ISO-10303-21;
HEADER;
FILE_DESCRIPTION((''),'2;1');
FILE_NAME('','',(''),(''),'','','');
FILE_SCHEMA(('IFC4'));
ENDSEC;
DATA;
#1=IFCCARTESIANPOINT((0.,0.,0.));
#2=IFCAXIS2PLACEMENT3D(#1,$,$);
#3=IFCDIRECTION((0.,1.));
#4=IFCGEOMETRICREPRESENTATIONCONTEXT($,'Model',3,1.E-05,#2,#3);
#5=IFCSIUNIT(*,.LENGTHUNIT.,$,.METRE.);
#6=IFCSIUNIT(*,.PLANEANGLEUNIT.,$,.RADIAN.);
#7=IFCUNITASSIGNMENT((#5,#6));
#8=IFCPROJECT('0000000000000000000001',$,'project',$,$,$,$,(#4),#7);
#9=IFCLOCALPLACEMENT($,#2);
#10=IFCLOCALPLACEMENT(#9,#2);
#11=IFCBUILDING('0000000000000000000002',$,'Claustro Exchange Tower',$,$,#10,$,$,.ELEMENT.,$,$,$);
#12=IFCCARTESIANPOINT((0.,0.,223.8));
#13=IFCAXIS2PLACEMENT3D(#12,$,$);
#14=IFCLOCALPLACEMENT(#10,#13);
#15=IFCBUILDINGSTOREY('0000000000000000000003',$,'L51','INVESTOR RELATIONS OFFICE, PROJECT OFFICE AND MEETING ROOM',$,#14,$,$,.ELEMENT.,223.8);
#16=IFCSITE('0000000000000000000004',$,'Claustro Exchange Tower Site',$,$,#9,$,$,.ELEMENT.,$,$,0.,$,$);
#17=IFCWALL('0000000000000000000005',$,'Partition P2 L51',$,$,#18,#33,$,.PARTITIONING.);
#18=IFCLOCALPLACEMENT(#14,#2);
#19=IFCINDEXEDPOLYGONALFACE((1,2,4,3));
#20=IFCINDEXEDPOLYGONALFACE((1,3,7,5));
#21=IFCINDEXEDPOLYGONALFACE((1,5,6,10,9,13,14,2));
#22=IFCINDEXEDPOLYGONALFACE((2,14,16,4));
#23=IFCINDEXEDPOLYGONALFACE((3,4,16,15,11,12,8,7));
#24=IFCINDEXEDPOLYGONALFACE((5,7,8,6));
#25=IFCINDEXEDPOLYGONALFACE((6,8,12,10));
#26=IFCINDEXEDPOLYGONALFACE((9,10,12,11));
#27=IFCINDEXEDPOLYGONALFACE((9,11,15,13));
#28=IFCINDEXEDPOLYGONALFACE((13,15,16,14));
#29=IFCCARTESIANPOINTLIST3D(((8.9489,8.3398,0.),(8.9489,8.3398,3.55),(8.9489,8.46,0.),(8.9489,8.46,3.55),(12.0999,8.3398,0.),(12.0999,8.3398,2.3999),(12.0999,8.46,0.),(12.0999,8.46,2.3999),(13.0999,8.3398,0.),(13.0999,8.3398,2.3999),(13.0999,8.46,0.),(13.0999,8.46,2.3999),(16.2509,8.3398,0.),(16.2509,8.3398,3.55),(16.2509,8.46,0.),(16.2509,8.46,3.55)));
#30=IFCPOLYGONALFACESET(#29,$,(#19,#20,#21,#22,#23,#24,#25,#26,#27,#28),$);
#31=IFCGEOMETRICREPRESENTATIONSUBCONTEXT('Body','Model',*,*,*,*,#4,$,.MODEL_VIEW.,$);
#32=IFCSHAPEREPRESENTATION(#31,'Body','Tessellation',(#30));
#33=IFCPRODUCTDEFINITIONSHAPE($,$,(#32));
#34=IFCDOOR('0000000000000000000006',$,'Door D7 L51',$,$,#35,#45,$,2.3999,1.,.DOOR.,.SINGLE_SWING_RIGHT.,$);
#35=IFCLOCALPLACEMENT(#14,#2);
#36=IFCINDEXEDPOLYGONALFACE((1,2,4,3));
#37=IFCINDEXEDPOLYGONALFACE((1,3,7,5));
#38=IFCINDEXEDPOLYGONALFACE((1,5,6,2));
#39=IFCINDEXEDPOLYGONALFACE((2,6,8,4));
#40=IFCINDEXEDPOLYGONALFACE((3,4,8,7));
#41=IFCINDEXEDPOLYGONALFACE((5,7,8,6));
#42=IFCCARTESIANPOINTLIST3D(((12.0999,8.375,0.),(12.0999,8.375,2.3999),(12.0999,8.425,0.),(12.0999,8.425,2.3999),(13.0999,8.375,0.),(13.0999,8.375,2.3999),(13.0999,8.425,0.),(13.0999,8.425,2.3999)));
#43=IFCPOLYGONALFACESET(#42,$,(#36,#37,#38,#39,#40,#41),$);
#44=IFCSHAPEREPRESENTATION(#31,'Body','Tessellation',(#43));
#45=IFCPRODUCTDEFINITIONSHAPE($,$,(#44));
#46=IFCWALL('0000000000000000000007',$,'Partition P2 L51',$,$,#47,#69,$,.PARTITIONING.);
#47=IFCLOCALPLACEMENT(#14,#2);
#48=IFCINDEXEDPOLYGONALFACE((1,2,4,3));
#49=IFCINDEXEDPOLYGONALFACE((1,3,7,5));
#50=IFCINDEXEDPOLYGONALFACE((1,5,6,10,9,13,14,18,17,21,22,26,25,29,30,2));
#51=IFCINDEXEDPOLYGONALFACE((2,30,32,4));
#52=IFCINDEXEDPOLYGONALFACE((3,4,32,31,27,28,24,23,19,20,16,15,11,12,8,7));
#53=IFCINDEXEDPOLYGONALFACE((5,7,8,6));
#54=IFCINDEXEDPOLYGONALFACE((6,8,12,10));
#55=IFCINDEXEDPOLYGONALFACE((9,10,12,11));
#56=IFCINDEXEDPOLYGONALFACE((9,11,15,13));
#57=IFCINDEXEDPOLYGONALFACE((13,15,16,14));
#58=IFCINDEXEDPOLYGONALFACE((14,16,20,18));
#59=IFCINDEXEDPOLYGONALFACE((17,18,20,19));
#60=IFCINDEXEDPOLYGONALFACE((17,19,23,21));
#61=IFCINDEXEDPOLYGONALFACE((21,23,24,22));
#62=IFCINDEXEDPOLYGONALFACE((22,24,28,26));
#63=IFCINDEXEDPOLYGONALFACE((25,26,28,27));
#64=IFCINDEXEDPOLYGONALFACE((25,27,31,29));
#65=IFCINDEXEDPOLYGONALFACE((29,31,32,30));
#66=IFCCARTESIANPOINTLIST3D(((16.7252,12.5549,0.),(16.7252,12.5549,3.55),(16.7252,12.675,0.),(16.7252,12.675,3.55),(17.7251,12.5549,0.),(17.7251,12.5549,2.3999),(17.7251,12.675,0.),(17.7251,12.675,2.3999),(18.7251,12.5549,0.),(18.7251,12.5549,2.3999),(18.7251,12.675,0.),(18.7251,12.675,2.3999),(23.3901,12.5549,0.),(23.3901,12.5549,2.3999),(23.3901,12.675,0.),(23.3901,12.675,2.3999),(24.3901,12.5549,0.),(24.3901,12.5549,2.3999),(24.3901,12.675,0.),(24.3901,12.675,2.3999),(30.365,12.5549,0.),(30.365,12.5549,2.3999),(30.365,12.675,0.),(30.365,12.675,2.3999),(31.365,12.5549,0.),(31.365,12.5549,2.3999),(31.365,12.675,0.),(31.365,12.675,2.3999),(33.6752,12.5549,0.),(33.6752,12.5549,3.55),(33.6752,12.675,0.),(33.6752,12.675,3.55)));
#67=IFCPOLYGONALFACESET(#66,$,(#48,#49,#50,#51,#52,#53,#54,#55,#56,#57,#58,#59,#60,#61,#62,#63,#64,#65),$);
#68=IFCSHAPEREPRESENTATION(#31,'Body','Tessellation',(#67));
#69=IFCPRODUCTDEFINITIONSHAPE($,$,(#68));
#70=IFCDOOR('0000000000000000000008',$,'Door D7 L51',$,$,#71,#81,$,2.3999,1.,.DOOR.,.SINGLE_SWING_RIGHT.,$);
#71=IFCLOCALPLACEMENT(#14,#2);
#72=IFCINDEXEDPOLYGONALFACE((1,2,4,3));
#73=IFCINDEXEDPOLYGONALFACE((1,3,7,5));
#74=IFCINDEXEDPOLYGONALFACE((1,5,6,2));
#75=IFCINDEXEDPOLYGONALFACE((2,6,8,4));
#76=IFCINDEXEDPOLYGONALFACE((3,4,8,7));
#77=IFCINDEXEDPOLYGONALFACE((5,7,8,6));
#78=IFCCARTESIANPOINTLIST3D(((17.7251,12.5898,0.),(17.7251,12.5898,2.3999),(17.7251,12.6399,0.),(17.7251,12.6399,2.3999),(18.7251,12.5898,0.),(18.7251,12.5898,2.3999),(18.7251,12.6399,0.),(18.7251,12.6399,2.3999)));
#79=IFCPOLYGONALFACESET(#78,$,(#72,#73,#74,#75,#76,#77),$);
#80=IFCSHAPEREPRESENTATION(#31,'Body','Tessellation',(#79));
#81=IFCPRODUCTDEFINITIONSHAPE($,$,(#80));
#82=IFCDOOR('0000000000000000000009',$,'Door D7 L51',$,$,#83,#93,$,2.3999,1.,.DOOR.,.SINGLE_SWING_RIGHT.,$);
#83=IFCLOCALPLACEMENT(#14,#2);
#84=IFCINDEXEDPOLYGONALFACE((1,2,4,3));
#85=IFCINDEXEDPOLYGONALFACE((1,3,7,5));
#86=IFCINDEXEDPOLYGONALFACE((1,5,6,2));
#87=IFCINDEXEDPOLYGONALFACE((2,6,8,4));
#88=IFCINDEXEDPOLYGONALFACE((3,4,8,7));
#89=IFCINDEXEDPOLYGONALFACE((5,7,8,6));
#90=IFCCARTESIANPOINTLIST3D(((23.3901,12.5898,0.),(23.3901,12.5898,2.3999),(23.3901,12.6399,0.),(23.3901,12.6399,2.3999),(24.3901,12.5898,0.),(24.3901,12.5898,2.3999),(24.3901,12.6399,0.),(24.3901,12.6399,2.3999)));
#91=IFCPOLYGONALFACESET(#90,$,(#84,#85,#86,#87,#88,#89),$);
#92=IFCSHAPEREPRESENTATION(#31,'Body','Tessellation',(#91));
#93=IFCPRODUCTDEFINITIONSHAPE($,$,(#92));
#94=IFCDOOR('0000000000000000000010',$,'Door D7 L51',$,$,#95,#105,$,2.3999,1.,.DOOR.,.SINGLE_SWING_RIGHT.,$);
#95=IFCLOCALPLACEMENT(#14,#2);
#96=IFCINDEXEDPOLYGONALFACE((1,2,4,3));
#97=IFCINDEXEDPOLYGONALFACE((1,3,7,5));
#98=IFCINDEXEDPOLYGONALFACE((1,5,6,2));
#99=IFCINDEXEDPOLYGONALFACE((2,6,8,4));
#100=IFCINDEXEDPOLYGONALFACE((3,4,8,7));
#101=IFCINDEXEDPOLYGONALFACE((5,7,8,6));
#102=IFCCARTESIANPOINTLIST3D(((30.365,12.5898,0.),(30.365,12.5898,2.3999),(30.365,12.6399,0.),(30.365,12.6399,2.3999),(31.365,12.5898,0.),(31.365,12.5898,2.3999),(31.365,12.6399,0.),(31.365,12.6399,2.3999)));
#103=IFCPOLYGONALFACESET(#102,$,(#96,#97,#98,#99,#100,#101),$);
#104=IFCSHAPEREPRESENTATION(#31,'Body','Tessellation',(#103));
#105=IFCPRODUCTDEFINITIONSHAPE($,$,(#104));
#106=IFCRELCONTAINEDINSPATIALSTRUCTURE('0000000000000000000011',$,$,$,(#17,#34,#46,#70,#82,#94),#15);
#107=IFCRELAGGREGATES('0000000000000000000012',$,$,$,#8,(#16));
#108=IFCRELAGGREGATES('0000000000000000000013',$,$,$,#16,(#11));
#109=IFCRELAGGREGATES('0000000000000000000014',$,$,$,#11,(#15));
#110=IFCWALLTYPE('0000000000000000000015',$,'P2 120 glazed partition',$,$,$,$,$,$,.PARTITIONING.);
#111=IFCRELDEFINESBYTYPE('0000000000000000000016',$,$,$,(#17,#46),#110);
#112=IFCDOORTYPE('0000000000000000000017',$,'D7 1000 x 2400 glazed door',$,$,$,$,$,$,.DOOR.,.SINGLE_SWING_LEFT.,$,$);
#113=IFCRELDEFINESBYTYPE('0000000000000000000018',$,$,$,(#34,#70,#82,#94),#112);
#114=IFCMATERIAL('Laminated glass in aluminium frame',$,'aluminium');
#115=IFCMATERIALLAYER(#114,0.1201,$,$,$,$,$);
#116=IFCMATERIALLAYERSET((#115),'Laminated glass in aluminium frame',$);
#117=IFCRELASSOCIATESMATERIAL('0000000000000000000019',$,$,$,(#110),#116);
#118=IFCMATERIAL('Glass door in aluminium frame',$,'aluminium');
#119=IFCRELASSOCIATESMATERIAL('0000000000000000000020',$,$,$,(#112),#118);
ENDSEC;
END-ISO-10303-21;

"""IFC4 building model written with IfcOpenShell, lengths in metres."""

from ifc_helpers import new_model, si_unit, direction, frame, frame_2d, origin, place, context, subcontext, project, spatial, rectangle, extrude, material, layer, layer_set, type_object, element, fill, save


model = new_model("IFC4")

# Units and contexts
model_context = context("Model", 3, precision=1e-05, world=origin(), true_north=direction((0.0, 1.0)))
body_context = subcontext(model_context, "Body", "Model", "MODEL_VIEW")
ifc_project = project(units=[si_unit("LENGTHUNIT", "METRE"), si_unit("PLANEANGLEUNIT", "RADIAN")], contexts=[model_context])

# Site, building, storey
site_placement = place(None, origin())
site = spatial("IfcSite", under=ifc_project, at=site_placement, Name="Claustro Exchange Tower Site", CompositionType="ELEMENT", RefElevation=0.0)
building_placement = place(site_placement, origin())
building = spatial("IfcBuilding", under=site, at=building_placement, Name="Claustro Exchange Tower", CompositionType="ELEMENT")
storey_placement = place(building_placement, frame((0.0, 0.0, 223.8)))
storey = spatial("IfcBuildingStorey", under=building, at=storey_placement, Name="L51", Description="INVESTOR RELATIONS OFFICE, PROJECT OFFICE AND MEETING ROOM", CompositionType="ELEMENT", Elevation=223.8)

# Wall, opening, door
ifc_material_1 = material(Name="Laminated glass in aluminium frame", Category="aluminium")
ifc_layer_1 = layer(ifc_material_1, 0.1201)
ifc_layer_set_1 = layer_set([ifc_layer_1], Name="Laminated glass in aluminium frame")
wall_type_1 = type_object("IfcWallType", Name="P2 120 glazed partition", PredefinedType="PARTITIONING", material=ifc_layer_set_1)
wall_1_placement = place(storey_placement, frame((8.949, 8.3999, 0.0), z_axis=(0.0, 0.0, 1.0), x_axis=(1.0, 0.0, 0.0)))
wall_1 = element("IfcWall", 1, at=wall_1_placement, inside=storey, type_object=wall_type_1, Name="Partition P2 L51", PredefinedType="PARTITIONING", context=body_context, shape_type="SweptSolid", body=[
    extrude(rectangle(XDim=7.302, YDim=0.1201, at=frame_2d((3.6509, 0.0))), origin(), (0.0, 0.0, 1.0), 3.55),
])
opening_1_placement = place(wall_1_placement, frame((3.1509, 0.0, 0.0)))
opening_1 = element("IfcOpeningElement", 2, at=opening_1_placement, cuts=wall_1, PredefinedType="OPENING", context=body_context, shape_type="SweptSolid", body=[
    extrude(rectangle(XDim=1.0, YDim=2.3999, at=frame_2d((0.5, 1.2))), frame((0.0, 0.0701, 0.0), z_axis=(0.0, -1.0, 0.0), x_axis=(1.0, 0.0, 0.0)), (0.0, 0.0, 1.0), 0.1401),
])
ifc_material_2 = material(Name="Glass door in aluminium frame", Category="aluminium")
door_type_1 = type_object("IfcDoorType", Name="D7 1000 x 2400 glazed door", OperationType="SINGLE_SWING_LEFT", PredefinedType="DOOR", material=ifc_material_2)
door_1_placement = place(opening_1_placement, frame((1.0, 0.0, 0.0), z_axis=(0.0, 0.0, 1.0), x_axis=(-1.0, 0.0, 0.0)))
door_1 = element("IfcDoor", 3, at=door_1_placement, inside=storey, type_object=door_type_1, Name="Door D7 L51", OperationType="SINGLE_SWING_RIGHT", OverallHeight=2.3999, OverallWidth=1.0, PredefinedType="DOOR", context=body_context, shape_type="SweptSolid", body=[
    extrude(rectangle(XDim=1.0, YDim=2.3999, at=frame_2d((0.5, 1.2))), frame((0.0, 0.0249, 0.0), z_axis=(0.0, -1.0, 0.0), x_axis=(1.0, 0.0, 0.0)), (0.0, 0.0, 1.0), 0.05),
])
fill(opening_1, door_1)

# Wall, openings, doors
wall_2_placement = place(storey_placement, frame((16.7251, 12.615, 0.0), z_axis=(0.0, 0.0, 1.0), x_axis=(1.0, 0.0, 0.0)))
wall_2 = element("IfcWall", 4, at=wall_2_placement, inside=storey, type_object=wall_type_1, Name="Partition P2 L51", PredefinedType="PARTITIONING", context=body_context, shape_type="SweptSolid", body=[
    extrude(rectangle(XDim=16.95, YDim=0.1201, at=frame_2d((8.4751, 0.0))), origin(), (0.0, 0.0, 1.0), 3.55),
])
opening_2_placement = place(wall_2_placement, frame((1.0, 0.0, 0.0)))
opening_2 = element("IfcOpeningElement", 5, at=opening_2_placement, cuts=wall_2, PredefinedType="OPENING", context=body_context, shape_type="SweptSolid", body=[
    extrude(rectangle(XDim=1.0, YDim=2.3999, at=frame_2d((0.5, 1.2))), frame((0.0, 0.0701, 0.0), z_axis=(0.0, -1.0, 0.0), x_axis=(1.0, 0.0, 0.0)), (0.0, 0.0, 1.0), 0.1401),
])
opening_3_placement = place(wall_2_placement, frame((6.665, 0.0, 0.0)))
opening_3 = element("IfcOpeningElement", 6, at=opening_3_placement, cuts=wall_2, PredefinedType="OPENING", context=body_context, shape_type="SweptSolid", body=[
    extrude(rectangle(XDim=1.0, YDim=2.3999, at=frame_2d((0.5, 1.2))), frame((0.0, 0.0701, 0.0), z_axis=(0.0, -1.0, 0.0), x_axis=(1.0, 0.0, 0.0)), (0.0, 0.0, 1.0), 0.1401),
])
opening_4_placement = place(wall_2_placement, frame((13.6399, 0.0, 0.0)))
opening_4 = element("IfcOpeningElement", 7, at=opening_4_placement, cuts=wall_2, PredefinedType="OPENING", context=body_context, shape_type="SweptSolid", body=[
    extrude(rectangle(XDim=1.0, YDim=2.3999, at=frame_2d((0.5, 1.2))), frame((0.0, 0.0701, 0.0), z_axis=(0.0, -1.0, 0.0), x_axis=(1.0, 0.0, 0.0)), (0.0, 0.0, 1.0), 0.1401),
])
door_2_placement = place(opening_2_placement, origin())
door_2 = element("IfcDoor", 8, at=door_2_placement, inside=storey, type_object=door_type_1, Name="Door D7 L51", OperationType="SINGLE_SWING_RIGHT", OverallHeight=2.3999, OverallWidth=1.0, PredefinedType="DOOR", context=body_context, shape_type="SweptSolid", body=[
    extrude(rectangle(XDim=1.0, YDim=2.3999, at=frame_2d((0.5, 1.2))), frame((0.0, 0.0249, 0.0), z_axis=(0.0, -1.0, 0.0), x_axis=(1.0, 0.0, 0.0)), (0.0, 0.0, 1.0), 0.05),
])
fill(opening_2, door_2)
door_3_placement = place(opening_3_placement, origin())
door_3 = element("IfcDoor", 9, at=door_3_placement, inside=storey, type_object=door_type_1, Name="Door D7 L51", OperationType="SINGLE_SWING_RIGHT", OverallHeight=2.3999, OverallWidth=1.0, PredefinedType="DOOR", context=body_context, shape_type="SweptSolid", body=[
    extrude(rectangle(XDim=1.0, YDim=2.3999, at=frame_2d((0.5, 1.2))), frame((0.0, 0.0249, 0.0), z_axis=(0.0, -1.0, 0.0), x_axis=(1.0, 0.0, 0.0)), (0.0, 0.0, 1.0), 0.05),
])
fill(opening_3, door_3)
door_4_placement = place(opening_4_placement, origin())
door_4 = element("IfcDoor", 10, at=door_4_placement, inside=storey, type_object=door_type_1, Name="Door D7 L51", OperationType="SINGLE_SWING_RIGHT", OverallHeight=2.3999, OverallWidth=1.0, PredefinedType="DOOR", context=body_context, shape_type="SweptSolid", body=[
    extrude(rectangle(XDim=1.0, YDim=2.3999, at=frame_2d((0.5, 1.2))), frame((0.0, 0.0249, 0.0), z_axis=(0.0, -1.0, 0.0), x_axis=(1.0, 0.0, 0.0)), (0.0, 0.0, 1.0), 0.05),
])
fill(opening_4, door_4)

save(model, "model.ifc")
